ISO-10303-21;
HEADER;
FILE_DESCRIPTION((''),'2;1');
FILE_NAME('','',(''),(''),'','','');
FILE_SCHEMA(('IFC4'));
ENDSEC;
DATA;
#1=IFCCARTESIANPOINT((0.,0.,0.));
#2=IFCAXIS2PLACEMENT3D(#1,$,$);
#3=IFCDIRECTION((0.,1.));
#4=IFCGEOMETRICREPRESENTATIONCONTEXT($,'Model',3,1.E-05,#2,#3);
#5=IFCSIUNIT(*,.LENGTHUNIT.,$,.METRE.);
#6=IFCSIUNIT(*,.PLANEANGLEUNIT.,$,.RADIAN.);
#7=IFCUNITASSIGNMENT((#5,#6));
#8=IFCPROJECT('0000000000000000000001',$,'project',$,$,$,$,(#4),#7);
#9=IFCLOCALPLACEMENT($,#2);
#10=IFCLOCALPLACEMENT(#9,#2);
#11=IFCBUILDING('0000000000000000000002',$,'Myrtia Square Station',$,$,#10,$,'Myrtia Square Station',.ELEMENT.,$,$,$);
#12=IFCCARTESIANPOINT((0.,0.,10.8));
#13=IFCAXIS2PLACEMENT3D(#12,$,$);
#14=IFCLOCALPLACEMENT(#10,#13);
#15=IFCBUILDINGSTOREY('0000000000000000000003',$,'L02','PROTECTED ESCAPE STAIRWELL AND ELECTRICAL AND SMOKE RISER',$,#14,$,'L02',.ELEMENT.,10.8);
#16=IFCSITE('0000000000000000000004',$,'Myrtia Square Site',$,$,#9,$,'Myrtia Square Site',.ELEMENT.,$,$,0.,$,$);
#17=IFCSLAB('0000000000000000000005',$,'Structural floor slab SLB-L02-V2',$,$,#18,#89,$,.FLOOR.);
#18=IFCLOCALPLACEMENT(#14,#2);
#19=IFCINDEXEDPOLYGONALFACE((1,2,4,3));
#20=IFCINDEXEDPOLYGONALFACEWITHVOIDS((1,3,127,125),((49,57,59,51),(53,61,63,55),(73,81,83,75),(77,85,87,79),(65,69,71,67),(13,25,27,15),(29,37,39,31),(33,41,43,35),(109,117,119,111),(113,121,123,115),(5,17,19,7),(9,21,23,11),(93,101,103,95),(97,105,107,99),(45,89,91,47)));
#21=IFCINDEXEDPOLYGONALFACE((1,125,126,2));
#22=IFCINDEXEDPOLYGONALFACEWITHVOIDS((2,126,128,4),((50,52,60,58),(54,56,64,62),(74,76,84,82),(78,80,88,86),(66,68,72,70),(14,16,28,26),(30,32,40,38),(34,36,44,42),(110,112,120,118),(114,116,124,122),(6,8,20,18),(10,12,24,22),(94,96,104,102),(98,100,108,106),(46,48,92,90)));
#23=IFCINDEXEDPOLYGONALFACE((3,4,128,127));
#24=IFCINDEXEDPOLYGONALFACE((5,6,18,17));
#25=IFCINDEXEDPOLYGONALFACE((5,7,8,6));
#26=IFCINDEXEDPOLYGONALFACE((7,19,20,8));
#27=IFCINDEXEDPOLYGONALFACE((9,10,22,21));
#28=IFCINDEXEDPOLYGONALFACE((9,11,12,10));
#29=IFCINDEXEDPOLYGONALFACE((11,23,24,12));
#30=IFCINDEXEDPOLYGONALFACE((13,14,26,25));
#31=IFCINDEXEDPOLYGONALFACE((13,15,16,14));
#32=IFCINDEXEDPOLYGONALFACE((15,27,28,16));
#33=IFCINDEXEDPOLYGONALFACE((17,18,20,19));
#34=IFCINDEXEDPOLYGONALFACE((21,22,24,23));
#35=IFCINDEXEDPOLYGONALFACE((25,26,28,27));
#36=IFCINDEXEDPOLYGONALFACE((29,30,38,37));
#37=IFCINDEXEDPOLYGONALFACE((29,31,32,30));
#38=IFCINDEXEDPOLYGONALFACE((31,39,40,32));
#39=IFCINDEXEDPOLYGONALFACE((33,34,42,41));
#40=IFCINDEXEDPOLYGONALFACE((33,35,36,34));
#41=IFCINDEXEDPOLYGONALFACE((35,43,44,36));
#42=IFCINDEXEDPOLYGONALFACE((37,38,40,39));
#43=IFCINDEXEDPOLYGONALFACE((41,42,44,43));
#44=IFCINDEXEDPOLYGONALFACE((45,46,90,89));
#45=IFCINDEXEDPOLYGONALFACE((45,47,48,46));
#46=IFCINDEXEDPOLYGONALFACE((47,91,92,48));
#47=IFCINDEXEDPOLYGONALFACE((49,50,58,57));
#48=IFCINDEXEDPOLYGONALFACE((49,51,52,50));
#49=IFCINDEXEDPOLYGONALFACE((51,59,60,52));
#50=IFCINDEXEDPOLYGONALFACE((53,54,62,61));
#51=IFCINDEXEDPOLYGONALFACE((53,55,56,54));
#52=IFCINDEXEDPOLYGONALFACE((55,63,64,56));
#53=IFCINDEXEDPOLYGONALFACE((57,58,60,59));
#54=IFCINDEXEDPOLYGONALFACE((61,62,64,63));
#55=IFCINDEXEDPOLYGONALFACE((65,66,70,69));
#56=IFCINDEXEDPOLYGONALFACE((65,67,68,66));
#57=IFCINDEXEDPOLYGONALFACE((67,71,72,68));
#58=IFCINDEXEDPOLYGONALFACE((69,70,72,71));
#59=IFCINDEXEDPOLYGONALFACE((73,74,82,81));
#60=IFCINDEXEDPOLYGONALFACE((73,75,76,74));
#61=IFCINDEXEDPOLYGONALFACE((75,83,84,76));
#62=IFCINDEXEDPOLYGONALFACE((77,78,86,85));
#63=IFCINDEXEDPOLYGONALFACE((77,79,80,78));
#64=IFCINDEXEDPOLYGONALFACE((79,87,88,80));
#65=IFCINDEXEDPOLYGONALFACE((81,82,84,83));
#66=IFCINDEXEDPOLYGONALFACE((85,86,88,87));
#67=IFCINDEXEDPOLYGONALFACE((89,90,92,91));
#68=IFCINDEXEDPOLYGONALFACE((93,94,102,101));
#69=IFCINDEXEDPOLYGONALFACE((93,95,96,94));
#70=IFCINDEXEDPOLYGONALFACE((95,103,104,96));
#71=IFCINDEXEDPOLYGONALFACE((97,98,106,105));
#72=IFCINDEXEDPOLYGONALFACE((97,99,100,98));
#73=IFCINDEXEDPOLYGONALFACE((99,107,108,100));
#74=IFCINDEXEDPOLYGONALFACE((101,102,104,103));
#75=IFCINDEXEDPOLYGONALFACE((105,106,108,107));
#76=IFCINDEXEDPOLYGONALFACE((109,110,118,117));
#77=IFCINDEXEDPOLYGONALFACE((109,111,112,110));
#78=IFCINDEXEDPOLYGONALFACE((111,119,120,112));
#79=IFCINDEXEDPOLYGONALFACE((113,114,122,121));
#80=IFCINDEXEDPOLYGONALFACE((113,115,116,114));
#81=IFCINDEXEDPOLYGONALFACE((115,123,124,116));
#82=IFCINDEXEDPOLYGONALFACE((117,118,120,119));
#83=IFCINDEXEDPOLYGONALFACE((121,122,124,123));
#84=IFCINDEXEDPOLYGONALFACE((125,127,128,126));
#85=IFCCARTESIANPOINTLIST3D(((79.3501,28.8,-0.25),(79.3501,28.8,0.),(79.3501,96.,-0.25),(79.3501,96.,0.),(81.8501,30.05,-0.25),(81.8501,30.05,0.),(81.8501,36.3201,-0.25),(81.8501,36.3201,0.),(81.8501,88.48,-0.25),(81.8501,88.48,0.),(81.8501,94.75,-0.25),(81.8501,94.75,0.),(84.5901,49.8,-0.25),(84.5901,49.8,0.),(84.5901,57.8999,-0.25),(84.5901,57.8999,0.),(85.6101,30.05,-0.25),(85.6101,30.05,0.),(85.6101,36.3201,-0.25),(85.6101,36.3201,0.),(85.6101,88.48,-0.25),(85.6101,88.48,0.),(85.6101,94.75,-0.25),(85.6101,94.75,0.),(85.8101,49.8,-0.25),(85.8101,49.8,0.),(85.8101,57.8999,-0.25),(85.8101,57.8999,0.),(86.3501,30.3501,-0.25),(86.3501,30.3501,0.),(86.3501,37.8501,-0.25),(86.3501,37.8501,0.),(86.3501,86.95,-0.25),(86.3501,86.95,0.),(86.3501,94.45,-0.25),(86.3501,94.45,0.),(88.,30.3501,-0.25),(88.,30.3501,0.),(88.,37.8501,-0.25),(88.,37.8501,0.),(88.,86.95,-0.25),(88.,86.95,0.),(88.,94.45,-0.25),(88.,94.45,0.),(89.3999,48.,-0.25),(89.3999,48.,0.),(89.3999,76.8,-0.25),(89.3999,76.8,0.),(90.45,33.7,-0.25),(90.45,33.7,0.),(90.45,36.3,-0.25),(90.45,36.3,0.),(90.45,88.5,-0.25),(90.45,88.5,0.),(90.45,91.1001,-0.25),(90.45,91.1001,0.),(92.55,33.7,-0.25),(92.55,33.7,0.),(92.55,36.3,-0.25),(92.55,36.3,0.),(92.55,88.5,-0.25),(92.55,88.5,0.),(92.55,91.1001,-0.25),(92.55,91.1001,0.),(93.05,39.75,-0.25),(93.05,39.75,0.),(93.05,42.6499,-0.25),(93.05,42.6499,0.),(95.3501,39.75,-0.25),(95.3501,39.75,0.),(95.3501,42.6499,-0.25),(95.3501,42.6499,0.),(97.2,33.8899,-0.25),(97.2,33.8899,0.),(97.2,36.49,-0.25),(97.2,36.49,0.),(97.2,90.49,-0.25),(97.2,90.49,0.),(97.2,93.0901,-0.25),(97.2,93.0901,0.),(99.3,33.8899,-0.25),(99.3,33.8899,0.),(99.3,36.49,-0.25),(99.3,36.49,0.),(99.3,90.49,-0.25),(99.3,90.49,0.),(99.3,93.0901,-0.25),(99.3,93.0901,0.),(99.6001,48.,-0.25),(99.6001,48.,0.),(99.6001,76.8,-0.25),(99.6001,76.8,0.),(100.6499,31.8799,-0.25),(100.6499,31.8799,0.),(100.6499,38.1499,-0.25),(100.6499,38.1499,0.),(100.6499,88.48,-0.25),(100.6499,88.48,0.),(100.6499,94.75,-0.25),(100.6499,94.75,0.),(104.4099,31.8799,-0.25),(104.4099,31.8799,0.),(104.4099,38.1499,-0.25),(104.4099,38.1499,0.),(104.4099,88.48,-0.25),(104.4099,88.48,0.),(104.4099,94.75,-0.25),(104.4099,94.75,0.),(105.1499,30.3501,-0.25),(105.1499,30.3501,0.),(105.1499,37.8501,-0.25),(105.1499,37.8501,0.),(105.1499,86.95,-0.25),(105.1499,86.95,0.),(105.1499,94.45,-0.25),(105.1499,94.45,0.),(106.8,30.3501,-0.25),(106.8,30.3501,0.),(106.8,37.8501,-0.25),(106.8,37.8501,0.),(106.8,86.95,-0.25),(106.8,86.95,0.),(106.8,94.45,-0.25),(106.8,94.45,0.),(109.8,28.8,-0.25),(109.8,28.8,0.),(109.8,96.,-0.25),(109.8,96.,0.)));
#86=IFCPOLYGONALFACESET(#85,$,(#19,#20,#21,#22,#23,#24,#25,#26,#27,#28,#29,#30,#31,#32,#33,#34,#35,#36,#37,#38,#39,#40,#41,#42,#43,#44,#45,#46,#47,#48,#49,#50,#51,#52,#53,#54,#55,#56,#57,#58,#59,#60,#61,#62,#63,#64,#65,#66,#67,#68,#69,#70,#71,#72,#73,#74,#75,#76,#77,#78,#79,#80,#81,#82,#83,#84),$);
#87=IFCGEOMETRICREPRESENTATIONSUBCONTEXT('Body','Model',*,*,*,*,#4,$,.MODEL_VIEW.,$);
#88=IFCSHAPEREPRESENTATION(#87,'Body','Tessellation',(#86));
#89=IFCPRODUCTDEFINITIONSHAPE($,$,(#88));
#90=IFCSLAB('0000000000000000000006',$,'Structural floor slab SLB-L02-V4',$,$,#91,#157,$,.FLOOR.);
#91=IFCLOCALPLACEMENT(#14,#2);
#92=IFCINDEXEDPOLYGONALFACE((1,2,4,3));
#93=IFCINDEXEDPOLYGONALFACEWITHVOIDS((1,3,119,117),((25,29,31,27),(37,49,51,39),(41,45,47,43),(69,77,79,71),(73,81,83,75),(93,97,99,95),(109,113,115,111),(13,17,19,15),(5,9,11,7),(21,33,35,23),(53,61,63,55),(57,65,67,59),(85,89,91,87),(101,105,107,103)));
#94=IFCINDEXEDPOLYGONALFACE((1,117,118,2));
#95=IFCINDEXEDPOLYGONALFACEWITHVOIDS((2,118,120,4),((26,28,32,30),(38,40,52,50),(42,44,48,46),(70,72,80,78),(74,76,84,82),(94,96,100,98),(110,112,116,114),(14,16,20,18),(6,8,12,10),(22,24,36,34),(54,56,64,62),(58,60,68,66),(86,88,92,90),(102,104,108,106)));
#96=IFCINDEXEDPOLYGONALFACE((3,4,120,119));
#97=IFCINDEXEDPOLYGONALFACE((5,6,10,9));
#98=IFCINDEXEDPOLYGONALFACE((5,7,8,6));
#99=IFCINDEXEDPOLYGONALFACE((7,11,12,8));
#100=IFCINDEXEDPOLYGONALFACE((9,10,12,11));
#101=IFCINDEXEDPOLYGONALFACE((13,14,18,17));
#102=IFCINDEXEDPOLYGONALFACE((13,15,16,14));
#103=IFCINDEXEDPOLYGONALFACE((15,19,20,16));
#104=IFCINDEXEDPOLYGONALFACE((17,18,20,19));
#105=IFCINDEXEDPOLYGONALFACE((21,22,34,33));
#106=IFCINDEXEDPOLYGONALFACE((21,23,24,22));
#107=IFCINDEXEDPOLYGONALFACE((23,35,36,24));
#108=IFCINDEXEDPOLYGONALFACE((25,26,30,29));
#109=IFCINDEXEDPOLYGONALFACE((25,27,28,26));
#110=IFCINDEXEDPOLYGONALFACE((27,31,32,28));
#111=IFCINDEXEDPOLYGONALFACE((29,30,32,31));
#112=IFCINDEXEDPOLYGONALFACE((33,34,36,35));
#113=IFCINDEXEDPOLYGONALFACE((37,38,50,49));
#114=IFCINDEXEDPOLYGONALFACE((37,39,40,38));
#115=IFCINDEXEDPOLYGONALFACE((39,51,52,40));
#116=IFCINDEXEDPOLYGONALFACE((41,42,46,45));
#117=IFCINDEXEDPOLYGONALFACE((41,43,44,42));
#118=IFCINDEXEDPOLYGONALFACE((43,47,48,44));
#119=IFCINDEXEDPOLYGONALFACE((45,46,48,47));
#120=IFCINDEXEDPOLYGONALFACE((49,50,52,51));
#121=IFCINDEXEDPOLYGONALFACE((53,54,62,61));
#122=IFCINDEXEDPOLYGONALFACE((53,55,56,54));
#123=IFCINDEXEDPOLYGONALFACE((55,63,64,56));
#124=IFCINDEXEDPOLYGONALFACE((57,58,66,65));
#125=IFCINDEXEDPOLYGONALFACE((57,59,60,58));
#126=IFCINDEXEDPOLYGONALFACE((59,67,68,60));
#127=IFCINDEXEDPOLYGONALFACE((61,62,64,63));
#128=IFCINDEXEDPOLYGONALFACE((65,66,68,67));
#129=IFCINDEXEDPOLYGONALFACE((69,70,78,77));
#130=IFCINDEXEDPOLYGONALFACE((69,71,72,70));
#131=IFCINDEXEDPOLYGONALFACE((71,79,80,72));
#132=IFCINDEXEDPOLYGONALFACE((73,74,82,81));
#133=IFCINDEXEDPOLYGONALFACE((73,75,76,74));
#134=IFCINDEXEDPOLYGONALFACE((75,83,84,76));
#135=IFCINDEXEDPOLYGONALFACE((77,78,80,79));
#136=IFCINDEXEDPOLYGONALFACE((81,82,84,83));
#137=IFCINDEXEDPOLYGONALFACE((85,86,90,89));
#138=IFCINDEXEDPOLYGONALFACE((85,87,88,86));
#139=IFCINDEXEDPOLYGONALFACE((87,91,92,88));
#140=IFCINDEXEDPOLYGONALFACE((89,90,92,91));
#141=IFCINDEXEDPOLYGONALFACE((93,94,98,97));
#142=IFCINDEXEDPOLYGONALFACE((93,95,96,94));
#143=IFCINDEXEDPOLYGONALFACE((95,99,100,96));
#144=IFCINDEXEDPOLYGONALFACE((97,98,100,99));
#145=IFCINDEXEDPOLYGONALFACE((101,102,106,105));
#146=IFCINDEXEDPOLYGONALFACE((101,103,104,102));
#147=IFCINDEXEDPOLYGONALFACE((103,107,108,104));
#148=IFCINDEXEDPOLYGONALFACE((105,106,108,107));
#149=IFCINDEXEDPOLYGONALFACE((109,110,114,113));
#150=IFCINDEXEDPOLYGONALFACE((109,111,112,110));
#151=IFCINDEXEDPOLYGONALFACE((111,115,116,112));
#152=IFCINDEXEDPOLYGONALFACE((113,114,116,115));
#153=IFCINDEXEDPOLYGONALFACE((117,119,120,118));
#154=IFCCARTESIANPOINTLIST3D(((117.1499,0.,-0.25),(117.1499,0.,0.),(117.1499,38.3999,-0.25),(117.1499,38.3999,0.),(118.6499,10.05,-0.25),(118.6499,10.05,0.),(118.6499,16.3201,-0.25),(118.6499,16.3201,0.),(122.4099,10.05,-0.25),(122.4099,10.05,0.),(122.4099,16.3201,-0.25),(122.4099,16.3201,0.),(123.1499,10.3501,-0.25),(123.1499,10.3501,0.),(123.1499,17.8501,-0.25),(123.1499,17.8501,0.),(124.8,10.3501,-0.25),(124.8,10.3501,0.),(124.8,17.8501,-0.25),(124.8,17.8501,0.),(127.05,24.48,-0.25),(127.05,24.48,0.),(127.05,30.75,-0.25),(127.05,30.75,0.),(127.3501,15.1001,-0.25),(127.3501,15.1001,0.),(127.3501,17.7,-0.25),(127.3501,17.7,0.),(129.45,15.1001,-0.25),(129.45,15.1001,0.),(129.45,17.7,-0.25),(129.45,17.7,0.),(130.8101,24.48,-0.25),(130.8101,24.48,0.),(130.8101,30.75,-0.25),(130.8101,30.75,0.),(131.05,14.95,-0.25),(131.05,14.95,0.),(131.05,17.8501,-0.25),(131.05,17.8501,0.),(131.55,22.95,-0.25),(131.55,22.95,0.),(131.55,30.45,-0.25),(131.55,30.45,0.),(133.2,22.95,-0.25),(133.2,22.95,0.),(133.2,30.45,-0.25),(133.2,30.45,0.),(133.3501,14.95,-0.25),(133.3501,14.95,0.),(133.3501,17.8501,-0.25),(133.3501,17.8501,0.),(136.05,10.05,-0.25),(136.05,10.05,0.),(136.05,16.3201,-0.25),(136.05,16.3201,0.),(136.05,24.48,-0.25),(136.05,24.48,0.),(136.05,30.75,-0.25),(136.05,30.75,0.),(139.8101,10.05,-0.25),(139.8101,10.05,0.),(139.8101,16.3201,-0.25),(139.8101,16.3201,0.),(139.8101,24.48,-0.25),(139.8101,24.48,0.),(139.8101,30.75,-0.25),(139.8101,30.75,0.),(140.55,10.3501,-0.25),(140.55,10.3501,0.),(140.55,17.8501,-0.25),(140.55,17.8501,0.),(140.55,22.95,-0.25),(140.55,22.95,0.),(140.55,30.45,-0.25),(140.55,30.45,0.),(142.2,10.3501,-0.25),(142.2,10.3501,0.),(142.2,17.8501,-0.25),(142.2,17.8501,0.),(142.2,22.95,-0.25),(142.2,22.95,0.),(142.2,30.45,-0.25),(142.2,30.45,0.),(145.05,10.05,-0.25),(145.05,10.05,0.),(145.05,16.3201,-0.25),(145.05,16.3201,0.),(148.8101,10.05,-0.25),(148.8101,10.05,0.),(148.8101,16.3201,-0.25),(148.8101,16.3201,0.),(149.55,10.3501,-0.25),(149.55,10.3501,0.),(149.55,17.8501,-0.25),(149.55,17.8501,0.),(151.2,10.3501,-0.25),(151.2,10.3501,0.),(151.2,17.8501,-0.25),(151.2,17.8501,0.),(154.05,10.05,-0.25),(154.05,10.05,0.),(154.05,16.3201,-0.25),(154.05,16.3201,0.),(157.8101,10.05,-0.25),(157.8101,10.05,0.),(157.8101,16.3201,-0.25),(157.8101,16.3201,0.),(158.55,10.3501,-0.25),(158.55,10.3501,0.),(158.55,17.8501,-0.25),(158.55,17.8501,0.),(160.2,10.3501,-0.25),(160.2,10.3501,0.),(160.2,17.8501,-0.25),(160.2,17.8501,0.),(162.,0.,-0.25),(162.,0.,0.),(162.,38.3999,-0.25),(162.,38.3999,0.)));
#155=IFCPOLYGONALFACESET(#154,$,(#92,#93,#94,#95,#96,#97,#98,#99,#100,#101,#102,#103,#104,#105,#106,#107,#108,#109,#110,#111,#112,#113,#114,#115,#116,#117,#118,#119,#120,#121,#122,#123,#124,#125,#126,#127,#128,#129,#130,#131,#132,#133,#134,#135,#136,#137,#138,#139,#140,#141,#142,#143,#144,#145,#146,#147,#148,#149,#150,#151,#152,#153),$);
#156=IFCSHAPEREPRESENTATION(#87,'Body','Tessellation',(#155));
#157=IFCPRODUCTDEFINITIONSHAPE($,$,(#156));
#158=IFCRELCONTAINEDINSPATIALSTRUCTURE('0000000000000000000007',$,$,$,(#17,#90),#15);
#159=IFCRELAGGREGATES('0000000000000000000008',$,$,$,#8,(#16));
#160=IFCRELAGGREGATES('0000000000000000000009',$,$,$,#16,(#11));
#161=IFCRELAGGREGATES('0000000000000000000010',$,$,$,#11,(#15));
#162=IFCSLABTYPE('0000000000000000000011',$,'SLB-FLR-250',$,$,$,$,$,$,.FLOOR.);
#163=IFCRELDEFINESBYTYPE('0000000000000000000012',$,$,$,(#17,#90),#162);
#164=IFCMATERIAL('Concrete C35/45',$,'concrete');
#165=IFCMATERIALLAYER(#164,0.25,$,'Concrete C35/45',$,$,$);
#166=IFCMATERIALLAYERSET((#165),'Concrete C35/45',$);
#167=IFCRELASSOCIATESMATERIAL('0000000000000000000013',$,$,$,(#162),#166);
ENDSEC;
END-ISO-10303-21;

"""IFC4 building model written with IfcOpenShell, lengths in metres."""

from ifc_helpers import new_model, si_unit, direction, frame, origin, place, context, subcontext, project, spatial, polyline, outline, extrude, material, layer, layer_set, type_object, element, save


model = new_model("IFC4")

# Units and contexts
model_context = context("Model", 3, precision=1e-05, world=origin(), true_north=direction((0.0, 1.0)))
body_context = subcontext(model_context, "Body", "Model", "MODEL_VIEW")
ifc_project = project(units=[si_unit("LENGTHUNIT", "METRE"), si_unit("PLANEANGLEUNIT", "RADIAN")], contexts=[model_context])

# Site, building, storey
site_placement = place(None, origin())
site = spatial("IfcSite", under=ifc_project, at=site_placement, Name="Myrtia Square Site", LongName="Myrtia Square Site", CompositionType="ELEMENT", RefElevation=0.0)
building_placement = place(site_placement, origin())
building = spatial("IfcBuilding", under=site, at=building_placement, Name="Myrtia Square Station", LongName="Myrtia Square Station", CompositionType="ELEMENT")
storey_placement = place(building_placement, frame((0.0, 0.0, 10.8)))
storey = spatial("IfcBuildingStorey", under=building, at=storey_placement, Name="L02", Description="PROTECTED ESCAPE STAIRWELL AND ELECTRICAL AND SMOKE RISER", LongName="L02", CompositionType="ELEMENT", Elevation=10.8)

# Slabs
ifc_material_1 = material(Name="Concrete C35/45", Category="concrete")
ifc_layer_1 = layer(ifc_material_1, 0.25, Name="Concrete C35/45")
ifc_layer_set_1 = layer_set([ifc_layer_1], Name="Concrete C35/45")
slab_type_1 = type_object("IfcSlabType", Name="SLB-FLR-250", PredefinedType="FLOOR", material=ifc_layer_set_1)
slab_1_placement = place(storey_placement, frame((0.0, 0.0, -0.25)))
element("IfcSlab", 1, at=slab_1_placement, inside=storey, type_object=slab_type_1, Name="Structural floor slab SLB-L02-V2", PredefinedType="FLOOR", context=body_context, shape_type="SweptSolid", body=[
    extrude(outline(polyline([(79.3501, 28.8), (109.8, 28.8), (109.8, 96.0), (79.3501, 96.0), (79.3501, 28.8)]), holes=[polyline([(89.3999, 48.0), (89.3999, 76.8), (99.6001, 76.8), (99.6001, 48.0), (89.3999, 48.0)]), polyline([(86.3501, 30.3501), (86.3501, 37.8501), (88.0, 37.8501), (88.0, 30.3501), (86.3501, 30.3501)]), polyline([(86.3501, 86.95), (86.3501, 94.45), (88.0, 94.45), (88.0, 86.95), (86.3501, 86.95)]), polyline([(105.1499, 30.3501), (105.1499, 37.8501), (106.8, 37.8501), (106.8, 30.3501), (105.1499, 30.3501)]), polyline([(105.1499, 86.95), (105.1499, 94.45), (106.8, 94.45), (106.8, 86.95), (105.1499, 86.95)]), polyline([(81.8501, 30.05), (81.8501, 36.3201), (85.6101, 36.3201), (85.6101, 30.05), (81.8501, 30.05)]), polyline([(81.8501, 88.48), (81.8501, 94.75), (85.6101, 94.75), (85.6101, 88.48), (81.8501, 88.48)]), polyline([(100.6499, 31.8799), (100.6499, 38.1499), (104.4099, 38.1499), (104.4099, 31.8799), (100.6499, 31.8799)]), polyline([(100.6499, 88.48), (100.6499, 94.75), (104.4099, 94.75), (104.4099, 88.48), (100.6499, 88.48)]), polyline([(90.45, 33.7), (90.45, 36.3), (92.55, 36.3), (92.55, 33.7), (90.45, 33.7)]), polyline([(90.45, 88.5), (90.45, 91.1001), (92.55, 91.1001), (92.55, 88.5), (90.45, 88.5)]), polyline([(97.2, 33.8899), (97.2, 36.49), (99.3, 36.49), (99.3, 33.8899), (97.2, 33.8899)]), polyline([(97.2, 90.49), (97.2, 93.0901), (99.3, 93.0901), (99.3, 90.49), (97.2, 90.49)]), polyline([(93.05, 39.75), (93.05, 42.6499), (95.3501, 42.6499), (95.3501, 39.75), (93.05, 39.75)]), polyline([(84.5901, 49.8), (84.5901, 57.8999), (85.8101, 57.8999), (85.8101, 49.8), (84.5901, 49.8)])]), origin(), (0.0, 0.0, 1.0), 0.25),
])
slab_2_placement = place(storey_placement, frame((0.0, 0.0, -0.25)))
element("IfcSlab", 2, at=slab_2_placement, inside=storey, type_object=slab_type_1, Name="Structural floor slab SLB-L02-V4", PredefinedType="FLOOR", context=body_context, shape_type="SweptSolid", body=[
    extrude(outline(polyline([(117.1499, 0.0), (162.0, 0.0), (162.0, 38.3999), (117.1499, 38.3999), (117.1499, 0.0)]), holes=[polyline([(123.1499, 10.3501), (123.1499, 17.8501), (124.8, 17.8501), (124.8, 10.3501), (123.1499, 10.3501)]), polyline([(140.55, 10.3501), (140.55, 17.8501), (142.2, 17.8501), (142.2, 10.3501), (140.55, 10.3501)]), polyline([(140.55, 22.95), (140.55, 30.45), (142.2, 30.45), (142.2, 22.95), (140.55, 22.95)]), polyline([(131.55, 22.95), (131.55, 30.45), (133.2, 30.45), (133.2, 22.95), (131.55, 22.95)]), polyline([(149.55, 10.3501), (149.55, 17.8501), (151.2, 17.8501), (151.2, 10.3501), (149.55, 10.3501)]), polyline([(158.55, 10.3501), (158.55, 17.8501), (160.2, 17.8501), (160.2, 10.3501), (158.55, 10.3501)]), polyline([(118.6499, 10.05), (118.6499, 16.3201), (122.4099, 16.3201), (122.4099, 10.05), (118.6499, 10.05)]), polyline([(136.05, 10.05), (136.05, 16.3201), (139.8101, 16.3201), (139.8101, 10.05), (136.05, 10.05)]), polyline([(136.05, 24.48), (136.05, 30.75), (139.8101, 30.75), (139.8101, 24.48), (136.05, 24.48)]), polyline([(127.05, 24.48), (127.05, 30.75), (130.8101, 30.75), (130.8101, 24.48), (127.05, 24.48)]), polyline([(145.05, 10.05), (145.05, 16.3201), (148.8101, 16.3201), (148.8101, 10.05), (145.05, 10.05)]), polyline([(154.05, 10.05), (154.05, 16.3201), (157.8101, 16.3201), (157.8101, 10.05), (154.05, 10.05)]), polyline([(127.3501, 15.1001), (127.3501, 17.7), (129.45, 17.7), (129.45, 15.1001), (127.3501, 15.1001)]), polyline([(131.05, 14.95), (131.05, 17.8501), (133.3501, 17.8501), (133.3501, 14.95), (131.05, 14.95)])]), origin(), (0.0, 0.0, 1.0), 0.25),
])

save(model, "model.ifc")
